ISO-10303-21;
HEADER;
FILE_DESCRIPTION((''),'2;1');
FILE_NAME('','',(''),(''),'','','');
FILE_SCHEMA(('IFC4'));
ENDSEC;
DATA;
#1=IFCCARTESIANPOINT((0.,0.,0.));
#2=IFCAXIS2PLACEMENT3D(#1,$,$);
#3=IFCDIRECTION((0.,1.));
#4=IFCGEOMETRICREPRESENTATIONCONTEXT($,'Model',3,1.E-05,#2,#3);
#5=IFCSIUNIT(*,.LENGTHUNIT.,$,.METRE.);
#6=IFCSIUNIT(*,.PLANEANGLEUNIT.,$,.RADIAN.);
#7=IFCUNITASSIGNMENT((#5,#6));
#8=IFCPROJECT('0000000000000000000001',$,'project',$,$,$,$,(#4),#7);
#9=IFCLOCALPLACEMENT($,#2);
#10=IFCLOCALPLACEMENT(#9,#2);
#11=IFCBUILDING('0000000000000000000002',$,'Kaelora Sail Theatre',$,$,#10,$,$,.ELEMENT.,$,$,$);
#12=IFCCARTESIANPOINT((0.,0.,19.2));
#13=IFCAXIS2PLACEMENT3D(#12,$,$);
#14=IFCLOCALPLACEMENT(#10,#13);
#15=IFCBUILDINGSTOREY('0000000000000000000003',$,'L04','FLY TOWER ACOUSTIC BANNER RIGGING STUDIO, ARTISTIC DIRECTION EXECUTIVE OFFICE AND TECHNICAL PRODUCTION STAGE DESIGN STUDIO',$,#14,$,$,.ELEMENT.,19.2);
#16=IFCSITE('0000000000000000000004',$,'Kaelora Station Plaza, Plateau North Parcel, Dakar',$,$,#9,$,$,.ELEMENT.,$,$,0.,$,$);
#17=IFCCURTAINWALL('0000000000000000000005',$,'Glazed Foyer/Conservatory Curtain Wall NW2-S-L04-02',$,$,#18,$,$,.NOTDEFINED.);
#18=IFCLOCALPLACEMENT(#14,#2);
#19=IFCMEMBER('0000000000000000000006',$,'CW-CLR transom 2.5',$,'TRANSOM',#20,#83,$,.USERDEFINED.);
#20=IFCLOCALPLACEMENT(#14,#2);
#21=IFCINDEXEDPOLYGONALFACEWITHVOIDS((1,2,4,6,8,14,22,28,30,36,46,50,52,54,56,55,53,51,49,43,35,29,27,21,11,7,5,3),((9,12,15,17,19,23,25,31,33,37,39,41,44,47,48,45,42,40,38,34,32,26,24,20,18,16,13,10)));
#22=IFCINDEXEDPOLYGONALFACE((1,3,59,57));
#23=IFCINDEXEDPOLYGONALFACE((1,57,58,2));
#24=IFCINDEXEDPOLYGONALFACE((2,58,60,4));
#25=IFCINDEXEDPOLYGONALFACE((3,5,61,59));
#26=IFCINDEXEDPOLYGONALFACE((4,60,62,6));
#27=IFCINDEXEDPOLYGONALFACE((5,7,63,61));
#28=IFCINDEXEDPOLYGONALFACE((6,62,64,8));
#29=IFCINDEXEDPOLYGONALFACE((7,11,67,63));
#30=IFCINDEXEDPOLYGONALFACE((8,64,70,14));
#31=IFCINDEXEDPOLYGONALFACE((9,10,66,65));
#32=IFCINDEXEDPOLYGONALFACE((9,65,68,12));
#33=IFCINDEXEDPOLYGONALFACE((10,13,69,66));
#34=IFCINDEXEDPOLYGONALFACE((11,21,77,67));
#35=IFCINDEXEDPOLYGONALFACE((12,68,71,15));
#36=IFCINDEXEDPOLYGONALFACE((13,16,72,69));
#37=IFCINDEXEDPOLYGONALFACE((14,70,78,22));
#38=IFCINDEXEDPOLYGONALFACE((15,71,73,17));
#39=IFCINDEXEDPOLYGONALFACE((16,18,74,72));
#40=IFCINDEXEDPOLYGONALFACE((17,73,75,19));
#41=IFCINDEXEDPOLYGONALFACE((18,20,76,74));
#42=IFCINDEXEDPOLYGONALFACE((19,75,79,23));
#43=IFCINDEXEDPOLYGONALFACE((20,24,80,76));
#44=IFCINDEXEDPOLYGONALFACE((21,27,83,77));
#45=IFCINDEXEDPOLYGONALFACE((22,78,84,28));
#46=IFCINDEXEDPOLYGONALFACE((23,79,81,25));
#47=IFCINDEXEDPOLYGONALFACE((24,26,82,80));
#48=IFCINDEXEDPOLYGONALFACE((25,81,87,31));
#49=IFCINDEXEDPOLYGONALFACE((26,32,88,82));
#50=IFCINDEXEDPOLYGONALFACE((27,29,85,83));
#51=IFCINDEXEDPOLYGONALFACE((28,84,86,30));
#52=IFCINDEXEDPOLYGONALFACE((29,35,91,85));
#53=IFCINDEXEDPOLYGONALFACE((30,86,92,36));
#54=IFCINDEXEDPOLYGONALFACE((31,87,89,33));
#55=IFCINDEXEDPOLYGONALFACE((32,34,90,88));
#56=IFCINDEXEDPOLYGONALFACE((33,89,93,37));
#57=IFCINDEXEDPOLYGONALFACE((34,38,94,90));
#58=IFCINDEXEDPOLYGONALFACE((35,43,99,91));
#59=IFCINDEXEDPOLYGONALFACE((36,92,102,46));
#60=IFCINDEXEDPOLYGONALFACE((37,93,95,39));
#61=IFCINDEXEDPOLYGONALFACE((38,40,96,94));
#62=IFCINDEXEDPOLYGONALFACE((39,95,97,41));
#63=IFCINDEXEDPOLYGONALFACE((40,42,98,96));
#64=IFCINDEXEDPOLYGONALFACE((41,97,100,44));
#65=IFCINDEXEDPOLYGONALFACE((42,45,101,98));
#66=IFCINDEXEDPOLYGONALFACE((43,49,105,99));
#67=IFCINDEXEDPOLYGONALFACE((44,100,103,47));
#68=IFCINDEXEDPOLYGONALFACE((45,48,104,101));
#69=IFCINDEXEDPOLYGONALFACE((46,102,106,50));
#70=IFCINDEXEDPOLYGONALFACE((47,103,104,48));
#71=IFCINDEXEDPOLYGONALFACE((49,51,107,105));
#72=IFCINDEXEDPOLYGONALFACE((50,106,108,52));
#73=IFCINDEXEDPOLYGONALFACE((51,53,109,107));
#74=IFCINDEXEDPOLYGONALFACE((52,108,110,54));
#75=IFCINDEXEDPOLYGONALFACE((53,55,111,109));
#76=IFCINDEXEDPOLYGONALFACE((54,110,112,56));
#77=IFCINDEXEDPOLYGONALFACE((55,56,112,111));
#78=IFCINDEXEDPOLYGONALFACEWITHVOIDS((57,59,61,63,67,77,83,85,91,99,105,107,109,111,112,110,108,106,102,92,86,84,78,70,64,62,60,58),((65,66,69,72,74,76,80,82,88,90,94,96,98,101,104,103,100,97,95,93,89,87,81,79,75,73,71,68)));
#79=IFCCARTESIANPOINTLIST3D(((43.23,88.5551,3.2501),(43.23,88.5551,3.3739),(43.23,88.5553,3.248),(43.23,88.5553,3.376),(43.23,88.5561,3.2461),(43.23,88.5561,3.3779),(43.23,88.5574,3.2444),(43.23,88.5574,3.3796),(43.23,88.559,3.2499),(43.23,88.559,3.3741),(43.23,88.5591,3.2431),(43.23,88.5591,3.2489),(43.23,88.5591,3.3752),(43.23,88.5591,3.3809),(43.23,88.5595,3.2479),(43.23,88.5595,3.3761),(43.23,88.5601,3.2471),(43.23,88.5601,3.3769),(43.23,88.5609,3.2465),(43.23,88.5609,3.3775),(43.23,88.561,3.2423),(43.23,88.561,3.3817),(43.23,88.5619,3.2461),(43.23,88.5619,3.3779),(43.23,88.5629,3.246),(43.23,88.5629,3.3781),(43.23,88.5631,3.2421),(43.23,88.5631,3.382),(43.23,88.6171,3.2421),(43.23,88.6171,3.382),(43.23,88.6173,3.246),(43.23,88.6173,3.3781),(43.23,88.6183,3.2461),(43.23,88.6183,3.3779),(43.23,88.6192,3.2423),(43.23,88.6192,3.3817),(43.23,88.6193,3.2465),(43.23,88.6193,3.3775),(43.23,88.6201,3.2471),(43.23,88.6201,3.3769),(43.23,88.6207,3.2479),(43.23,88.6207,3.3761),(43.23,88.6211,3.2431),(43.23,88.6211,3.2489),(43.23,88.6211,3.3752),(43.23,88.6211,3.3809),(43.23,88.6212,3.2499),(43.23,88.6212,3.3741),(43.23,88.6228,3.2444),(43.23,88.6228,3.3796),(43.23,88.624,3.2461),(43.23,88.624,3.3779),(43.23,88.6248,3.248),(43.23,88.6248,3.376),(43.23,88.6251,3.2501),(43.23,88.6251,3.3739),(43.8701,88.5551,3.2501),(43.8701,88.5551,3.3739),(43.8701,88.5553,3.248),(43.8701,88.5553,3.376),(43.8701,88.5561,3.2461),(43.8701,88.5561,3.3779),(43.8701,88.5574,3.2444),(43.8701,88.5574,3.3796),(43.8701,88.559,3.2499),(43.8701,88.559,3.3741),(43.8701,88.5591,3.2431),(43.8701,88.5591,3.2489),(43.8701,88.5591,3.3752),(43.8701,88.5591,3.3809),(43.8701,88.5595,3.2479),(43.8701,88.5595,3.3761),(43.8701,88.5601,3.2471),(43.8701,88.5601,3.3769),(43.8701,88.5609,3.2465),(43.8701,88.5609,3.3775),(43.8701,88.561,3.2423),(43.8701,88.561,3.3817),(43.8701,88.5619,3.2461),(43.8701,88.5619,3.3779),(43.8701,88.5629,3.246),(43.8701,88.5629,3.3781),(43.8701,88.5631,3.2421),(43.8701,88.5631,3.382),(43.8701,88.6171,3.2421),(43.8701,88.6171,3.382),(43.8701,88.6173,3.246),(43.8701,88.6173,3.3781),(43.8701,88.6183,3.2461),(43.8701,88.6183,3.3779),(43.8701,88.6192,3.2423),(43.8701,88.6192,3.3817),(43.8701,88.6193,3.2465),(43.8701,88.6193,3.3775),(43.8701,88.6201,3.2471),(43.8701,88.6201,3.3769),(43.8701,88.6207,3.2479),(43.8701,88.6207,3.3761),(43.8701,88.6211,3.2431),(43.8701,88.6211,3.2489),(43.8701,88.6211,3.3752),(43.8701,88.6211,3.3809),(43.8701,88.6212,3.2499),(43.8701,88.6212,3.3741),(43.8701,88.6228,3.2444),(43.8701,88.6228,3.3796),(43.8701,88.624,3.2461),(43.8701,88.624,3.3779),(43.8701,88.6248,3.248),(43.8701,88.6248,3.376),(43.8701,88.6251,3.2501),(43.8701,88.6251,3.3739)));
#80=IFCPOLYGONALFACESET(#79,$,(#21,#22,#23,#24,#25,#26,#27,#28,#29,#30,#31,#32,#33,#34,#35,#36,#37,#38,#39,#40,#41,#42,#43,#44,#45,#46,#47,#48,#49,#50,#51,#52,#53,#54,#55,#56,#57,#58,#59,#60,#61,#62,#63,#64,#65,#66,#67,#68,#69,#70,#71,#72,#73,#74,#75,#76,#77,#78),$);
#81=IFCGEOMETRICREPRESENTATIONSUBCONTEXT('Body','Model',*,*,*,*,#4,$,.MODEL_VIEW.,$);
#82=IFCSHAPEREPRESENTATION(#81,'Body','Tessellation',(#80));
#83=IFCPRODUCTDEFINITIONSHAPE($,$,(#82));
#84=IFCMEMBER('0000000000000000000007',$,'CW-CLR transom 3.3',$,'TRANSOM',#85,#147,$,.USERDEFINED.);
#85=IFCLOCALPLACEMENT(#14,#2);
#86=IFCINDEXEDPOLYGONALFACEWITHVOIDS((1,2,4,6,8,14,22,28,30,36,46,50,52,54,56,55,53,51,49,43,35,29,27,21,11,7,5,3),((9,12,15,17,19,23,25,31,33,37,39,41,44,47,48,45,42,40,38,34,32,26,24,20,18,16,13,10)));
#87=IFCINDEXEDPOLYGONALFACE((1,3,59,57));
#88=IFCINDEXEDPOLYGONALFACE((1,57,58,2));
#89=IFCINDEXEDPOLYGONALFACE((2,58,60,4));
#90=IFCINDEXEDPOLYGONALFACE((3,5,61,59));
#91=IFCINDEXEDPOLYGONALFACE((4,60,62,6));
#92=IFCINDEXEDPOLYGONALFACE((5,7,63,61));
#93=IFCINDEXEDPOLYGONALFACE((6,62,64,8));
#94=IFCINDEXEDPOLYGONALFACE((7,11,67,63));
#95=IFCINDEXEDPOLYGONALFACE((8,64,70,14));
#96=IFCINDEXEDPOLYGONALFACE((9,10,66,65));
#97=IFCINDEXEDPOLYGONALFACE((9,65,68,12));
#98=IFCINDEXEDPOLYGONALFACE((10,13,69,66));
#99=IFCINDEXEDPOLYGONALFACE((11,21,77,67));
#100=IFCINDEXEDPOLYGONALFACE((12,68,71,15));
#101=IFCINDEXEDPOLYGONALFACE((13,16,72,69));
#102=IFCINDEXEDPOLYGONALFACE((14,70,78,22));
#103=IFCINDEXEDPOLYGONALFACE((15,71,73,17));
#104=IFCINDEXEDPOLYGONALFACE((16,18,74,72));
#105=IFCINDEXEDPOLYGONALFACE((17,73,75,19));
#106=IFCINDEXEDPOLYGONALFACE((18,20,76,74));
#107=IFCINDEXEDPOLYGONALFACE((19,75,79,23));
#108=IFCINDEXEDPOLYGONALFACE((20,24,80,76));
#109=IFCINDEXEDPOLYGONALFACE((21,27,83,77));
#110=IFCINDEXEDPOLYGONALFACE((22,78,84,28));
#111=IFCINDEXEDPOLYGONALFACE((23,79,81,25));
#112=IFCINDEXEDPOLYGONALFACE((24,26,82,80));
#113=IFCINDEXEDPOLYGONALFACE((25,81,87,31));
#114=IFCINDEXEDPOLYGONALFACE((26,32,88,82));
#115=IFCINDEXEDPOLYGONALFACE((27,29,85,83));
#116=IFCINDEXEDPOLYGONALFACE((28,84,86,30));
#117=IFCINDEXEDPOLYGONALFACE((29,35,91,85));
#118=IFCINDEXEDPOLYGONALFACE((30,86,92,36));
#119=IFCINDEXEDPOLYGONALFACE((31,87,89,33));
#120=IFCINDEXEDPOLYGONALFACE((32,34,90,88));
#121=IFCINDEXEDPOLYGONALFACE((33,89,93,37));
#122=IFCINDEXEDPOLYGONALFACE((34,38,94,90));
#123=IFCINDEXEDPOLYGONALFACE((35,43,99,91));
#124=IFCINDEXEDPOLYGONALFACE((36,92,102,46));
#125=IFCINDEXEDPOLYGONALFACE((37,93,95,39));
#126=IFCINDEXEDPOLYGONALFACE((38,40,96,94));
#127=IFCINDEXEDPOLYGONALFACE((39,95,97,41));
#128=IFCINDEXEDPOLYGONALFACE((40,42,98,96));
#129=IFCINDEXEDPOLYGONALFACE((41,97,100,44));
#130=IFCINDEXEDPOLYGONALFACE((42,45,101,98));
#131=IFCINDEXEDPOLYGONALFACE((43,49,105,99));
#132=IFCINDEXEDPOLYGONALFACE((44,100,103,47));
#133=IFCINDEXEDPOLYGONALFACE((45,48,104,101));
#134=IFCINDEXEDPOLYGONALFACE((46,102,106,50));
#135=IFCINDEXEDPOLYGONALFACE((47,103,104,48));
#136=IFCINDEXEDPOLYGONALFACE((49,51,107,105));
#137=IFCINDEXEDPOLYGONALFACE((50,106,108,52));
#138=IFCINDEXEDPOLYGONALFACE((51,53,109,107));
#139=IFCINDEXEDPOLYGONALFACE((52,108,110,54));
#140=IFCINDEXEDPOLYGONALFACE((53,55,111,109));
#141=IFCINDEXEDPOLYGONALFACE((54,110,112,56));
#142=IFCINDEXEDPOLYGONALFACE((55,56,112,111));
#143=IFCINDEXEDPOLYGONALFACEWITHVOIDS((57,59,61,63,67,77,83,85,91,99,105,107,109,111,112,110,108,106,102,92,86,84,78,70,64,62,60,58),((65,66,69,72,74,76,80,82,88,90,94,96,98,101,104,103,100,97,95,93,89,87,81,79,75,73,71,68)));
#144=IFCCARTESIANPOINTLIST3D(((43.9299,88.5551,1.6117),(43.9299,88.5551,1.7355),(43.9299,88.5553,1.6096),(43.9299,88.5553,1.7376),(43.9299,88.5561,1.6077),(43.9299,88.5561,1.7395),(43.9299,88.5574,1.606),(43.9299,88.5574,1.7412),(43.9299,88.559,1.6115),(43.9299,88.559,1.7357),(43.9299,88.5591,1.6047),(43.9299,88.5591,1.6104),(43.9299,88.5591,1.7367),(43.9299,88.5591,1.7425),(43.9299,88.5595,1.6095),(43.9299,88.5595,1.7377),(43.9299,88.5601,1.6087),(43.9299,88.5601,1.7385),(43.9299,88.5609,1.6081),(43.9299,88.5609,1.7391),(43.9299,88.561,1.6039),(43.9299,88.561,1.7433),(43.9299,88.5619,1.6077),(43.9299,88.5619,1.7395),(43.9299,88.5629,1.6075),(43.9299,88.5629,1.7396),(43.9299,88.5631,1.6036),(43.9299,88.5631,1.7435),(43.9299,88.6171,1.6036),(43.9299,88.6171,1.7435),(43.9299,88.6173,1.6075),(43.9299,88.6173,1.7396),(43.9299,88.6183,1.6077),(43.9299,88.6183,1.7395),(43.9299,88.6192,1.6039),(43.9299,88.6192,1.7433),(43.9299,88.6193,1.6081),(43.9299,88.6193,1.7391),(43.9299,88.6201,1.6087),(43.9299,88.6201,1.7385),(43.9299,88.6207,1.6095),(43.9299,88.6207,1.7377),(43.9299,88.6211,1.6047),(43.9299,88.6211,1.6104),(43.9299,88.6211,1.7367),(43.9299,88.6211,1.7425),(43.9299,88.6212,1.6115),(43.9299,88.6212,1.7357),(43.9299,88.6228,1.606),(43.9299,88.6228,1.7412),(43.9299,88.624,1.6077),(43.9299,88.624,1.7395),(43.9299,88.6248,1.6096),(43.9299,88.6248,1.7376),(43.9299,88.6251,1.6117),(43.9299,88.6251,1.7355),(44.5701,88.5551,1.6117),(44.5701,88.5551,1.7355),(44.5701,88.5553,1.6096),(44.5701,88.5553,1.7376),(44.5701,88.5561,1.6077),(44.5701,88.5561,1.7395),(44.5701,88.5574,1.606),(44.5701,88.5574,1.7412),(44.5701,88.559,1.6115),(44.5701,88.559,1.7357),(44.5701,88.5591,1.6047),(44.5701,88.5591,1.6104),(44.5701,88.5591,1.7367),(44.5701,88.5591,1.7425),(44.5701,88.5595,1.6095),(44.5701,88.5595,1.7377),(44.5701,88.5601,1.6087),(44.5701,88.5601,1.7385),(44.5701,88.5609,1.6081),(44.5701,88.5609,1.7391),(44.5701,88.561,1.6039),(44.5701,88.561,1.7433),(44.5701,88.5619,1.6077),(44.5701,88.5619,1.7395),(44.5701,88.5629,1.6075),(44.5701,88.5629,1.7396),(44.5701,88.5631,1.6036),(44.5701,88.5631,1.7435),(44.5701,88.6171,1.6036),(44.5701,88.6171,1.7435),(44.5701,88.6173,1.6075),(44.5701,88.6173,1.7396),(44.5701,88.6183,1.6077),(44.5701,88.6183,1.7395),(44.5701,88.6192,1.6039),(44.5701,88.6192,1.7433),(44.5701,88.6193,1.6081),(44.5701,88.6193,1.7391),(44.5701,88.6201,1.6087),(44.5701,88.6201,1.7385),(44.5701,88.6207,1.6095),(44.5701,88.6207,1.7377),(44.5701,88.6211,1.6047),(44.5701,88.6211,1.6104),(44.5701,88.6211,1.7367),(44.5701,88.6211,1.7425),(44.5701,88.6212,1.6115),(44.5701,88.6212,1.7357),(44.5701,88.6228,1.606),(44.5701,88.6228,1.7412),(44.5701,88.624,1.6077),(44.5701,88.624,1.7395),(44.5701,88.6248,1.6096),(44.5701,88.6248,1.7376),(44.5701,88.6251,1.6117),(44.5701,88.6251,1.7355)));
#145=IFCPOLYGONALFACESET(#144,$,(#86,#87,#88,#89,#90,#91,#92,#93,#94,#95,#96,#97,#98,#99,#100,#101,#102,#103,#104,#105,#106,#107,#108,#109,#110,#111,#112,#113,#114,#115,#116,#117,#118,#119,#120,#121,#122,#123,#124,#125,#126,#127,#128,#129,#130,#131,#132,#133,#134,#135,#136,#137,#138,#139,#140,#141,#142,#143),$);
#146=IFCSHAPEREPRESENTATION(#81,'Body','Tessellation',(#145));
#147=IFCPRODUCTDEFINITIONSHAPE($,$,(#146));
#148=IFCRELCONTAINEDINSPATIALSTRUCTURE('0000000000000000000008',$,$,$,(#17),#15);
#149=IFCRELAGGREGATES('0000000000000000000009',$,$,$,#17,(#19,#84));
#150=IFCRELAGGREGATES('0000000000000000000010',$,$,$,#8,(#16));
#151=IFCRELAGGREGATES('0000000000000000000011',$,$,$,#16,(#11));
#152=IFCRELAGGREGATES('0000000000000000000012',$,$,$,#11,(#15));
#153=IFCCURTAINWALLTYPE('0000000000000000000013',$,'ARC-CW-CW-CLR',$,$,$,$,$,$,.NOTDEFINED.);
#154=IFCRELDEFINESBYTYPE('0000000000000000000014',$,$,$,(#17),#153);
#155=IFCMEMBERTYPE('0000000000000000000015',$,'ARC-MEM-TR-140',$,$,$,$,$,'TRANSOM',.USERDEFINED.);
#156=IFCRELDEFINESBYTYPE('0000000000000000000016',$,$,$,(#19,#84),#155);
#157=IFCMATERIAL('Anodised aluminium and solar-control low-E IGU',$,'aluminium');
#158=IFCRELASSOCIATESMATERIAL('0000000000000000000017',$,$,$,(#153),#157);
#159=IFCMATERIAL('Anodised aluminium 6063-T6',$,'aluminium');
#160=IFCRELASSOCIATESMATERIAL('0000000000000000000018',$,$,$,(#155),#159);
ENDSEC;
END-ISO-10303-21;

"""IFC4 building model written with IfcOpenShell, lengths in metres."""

from ifc_helpers import new_model, si_unit, direction, frame, origin, origin_2d, place, context, subcontext, project, spatial, hollow_rectangle, extrude, material, material_profile, profile_set, type_object, element, aggregate, save


model = new_model("IFC4")

# Units and contexts
model_context = context("Model", 3, precision=1e-05, world=origin(), true_north=direction((0.0, 1.0)))
body_context = subcontext(model_context, "Body", "Model", "MODEL_VIEW")
ifc_project = project(units=[si_unit("LENGTHUNIT", "METRE"), si_unit("PLANEANGLEUNIT", "RADIAN")], contexts=[model_context])

# Site, building, storey
site_placement = place(None, origin())
site = spatial("IfcSite", under=ifc_project, at=site_placement, Name="Kaelora Station Plaza, Plateau North Parcel, Dakar", CompositionType="ELEMENT", RefElevation=0.0)
building_placement = place(site_placement, origin())
building = spatial("IfcBuilding", under=site, at=building_placement, Name="Kaelora Sail Theatre", CompositionType="ELEMENT")
storey_placement = place(building_placement, frame((0.0, 0.0, 19.2)))
storey = spatial("IfcBuildingStorey", under=building, at=storey_placement, Name="L04", Description="FLY TOWER ACOUSTIC BANNER RIGGING STUDIO, ARTISTIC DIRECTION EXECUTIVE OFFICE AND TECHNICAL PRODUCTION STAGE DESIGN STUDIO", CompositionType="ELEMENT", Elevation=19.2)

# Curtain wall, members
ifc_material_1 = material(Name="Anodised aluminium and solar-control low-E IGU", Category="aluminium")
curtain_wall_type = type_object("IfcCurtainWallType", Name="ARC-CW-CW-CLR", PredefinedType="NOTDEFINED", material=ifc_material_1)
curtain_wall_placement = place(storey_placement, origin())
curtain_wall = element("IfcCurtainWall", 1, at=curtain_wall_placement, inside=storey, type_object=curtain_wall_type, Name="Glazed Foyer/Conservatory Curtain Wall NW2-S-L04-02", PredefinedType="NOTDEFINED")
ifc_material_2 = material(Name="Anodised aluminium 6063-T6", Category="aluminium")
ifc_material_profile = material_profile(ifc_material_2, hollow_rectangle(XDim=0.0701, YDim=0.1399, WallThickness=0.0039, InnerFilletRadius=0.0039, OuterFilletRadius=0.0081, at=origin_2d()), Name="ALU-TRAN 70x140x4")
ifc_profile_set = profile_set([ifc_material_profile], Name="Anodised aluminium 6063-T6")
member_type = type_object("IfcMemberType", Name="ARC-MEM-TR-140", ElementType="TRANSOM", PredefinedType="USERDEFINED", material=ifc_profile_set)
member_1_placement = place(storey_placement, frame((43.23, 88.5901, 3.312), z_axis=(1.0, 0.0, 0.0), x_axis=(0.0, 1.0, 0.0)))
member_1 = element("IfcMember", 2, at=member_1_placement, type_object=member_type, Name="CW-CLR transom 2.5", ObjectType="TRANSOM", PredefinedType="USERDEFINED", context=body_context, shape_type="SweptSolid", body=[
    extrude(hollow_rectangle(XDim=0.0701, YDim=0.1399, WallThickness=0.0039, InnerFilletRadius=0.0039, OuterFilletRadius=0.0081, at=origin_2d()), origin(), (0.0, 0.0, 1.0), 0.6401),
])
member_2_placement = place(storey_placement, frame((43.9299, 88.5901, 1.6736), z_axis=(1.0, 0.0, 0.0), x_axis=(0.0, 1.0, 0.0)))
member_2 = element("IfcMember", 3, at=member_2_placement, type_object=member_type, Name="CW-CLR transom 3.3", ObjectType="TRANSOM", PredefinedType="USERDEFINED", context=body_context, shape_type="SweptSolid", body=[
    extrude(hollow_rectangle(XDim=0.0701, YDim=0.1399, WallThickness=0.0039, InnerFilletRadius=0.0039, OuterFilletRadius=0.0081, at=origin_2d()), origin(), (0.0, 0.0, 1.0), 0.6401),
])
aggregate(curtain_wall, [member_1, member_2])

save(model, "model.ifc")
